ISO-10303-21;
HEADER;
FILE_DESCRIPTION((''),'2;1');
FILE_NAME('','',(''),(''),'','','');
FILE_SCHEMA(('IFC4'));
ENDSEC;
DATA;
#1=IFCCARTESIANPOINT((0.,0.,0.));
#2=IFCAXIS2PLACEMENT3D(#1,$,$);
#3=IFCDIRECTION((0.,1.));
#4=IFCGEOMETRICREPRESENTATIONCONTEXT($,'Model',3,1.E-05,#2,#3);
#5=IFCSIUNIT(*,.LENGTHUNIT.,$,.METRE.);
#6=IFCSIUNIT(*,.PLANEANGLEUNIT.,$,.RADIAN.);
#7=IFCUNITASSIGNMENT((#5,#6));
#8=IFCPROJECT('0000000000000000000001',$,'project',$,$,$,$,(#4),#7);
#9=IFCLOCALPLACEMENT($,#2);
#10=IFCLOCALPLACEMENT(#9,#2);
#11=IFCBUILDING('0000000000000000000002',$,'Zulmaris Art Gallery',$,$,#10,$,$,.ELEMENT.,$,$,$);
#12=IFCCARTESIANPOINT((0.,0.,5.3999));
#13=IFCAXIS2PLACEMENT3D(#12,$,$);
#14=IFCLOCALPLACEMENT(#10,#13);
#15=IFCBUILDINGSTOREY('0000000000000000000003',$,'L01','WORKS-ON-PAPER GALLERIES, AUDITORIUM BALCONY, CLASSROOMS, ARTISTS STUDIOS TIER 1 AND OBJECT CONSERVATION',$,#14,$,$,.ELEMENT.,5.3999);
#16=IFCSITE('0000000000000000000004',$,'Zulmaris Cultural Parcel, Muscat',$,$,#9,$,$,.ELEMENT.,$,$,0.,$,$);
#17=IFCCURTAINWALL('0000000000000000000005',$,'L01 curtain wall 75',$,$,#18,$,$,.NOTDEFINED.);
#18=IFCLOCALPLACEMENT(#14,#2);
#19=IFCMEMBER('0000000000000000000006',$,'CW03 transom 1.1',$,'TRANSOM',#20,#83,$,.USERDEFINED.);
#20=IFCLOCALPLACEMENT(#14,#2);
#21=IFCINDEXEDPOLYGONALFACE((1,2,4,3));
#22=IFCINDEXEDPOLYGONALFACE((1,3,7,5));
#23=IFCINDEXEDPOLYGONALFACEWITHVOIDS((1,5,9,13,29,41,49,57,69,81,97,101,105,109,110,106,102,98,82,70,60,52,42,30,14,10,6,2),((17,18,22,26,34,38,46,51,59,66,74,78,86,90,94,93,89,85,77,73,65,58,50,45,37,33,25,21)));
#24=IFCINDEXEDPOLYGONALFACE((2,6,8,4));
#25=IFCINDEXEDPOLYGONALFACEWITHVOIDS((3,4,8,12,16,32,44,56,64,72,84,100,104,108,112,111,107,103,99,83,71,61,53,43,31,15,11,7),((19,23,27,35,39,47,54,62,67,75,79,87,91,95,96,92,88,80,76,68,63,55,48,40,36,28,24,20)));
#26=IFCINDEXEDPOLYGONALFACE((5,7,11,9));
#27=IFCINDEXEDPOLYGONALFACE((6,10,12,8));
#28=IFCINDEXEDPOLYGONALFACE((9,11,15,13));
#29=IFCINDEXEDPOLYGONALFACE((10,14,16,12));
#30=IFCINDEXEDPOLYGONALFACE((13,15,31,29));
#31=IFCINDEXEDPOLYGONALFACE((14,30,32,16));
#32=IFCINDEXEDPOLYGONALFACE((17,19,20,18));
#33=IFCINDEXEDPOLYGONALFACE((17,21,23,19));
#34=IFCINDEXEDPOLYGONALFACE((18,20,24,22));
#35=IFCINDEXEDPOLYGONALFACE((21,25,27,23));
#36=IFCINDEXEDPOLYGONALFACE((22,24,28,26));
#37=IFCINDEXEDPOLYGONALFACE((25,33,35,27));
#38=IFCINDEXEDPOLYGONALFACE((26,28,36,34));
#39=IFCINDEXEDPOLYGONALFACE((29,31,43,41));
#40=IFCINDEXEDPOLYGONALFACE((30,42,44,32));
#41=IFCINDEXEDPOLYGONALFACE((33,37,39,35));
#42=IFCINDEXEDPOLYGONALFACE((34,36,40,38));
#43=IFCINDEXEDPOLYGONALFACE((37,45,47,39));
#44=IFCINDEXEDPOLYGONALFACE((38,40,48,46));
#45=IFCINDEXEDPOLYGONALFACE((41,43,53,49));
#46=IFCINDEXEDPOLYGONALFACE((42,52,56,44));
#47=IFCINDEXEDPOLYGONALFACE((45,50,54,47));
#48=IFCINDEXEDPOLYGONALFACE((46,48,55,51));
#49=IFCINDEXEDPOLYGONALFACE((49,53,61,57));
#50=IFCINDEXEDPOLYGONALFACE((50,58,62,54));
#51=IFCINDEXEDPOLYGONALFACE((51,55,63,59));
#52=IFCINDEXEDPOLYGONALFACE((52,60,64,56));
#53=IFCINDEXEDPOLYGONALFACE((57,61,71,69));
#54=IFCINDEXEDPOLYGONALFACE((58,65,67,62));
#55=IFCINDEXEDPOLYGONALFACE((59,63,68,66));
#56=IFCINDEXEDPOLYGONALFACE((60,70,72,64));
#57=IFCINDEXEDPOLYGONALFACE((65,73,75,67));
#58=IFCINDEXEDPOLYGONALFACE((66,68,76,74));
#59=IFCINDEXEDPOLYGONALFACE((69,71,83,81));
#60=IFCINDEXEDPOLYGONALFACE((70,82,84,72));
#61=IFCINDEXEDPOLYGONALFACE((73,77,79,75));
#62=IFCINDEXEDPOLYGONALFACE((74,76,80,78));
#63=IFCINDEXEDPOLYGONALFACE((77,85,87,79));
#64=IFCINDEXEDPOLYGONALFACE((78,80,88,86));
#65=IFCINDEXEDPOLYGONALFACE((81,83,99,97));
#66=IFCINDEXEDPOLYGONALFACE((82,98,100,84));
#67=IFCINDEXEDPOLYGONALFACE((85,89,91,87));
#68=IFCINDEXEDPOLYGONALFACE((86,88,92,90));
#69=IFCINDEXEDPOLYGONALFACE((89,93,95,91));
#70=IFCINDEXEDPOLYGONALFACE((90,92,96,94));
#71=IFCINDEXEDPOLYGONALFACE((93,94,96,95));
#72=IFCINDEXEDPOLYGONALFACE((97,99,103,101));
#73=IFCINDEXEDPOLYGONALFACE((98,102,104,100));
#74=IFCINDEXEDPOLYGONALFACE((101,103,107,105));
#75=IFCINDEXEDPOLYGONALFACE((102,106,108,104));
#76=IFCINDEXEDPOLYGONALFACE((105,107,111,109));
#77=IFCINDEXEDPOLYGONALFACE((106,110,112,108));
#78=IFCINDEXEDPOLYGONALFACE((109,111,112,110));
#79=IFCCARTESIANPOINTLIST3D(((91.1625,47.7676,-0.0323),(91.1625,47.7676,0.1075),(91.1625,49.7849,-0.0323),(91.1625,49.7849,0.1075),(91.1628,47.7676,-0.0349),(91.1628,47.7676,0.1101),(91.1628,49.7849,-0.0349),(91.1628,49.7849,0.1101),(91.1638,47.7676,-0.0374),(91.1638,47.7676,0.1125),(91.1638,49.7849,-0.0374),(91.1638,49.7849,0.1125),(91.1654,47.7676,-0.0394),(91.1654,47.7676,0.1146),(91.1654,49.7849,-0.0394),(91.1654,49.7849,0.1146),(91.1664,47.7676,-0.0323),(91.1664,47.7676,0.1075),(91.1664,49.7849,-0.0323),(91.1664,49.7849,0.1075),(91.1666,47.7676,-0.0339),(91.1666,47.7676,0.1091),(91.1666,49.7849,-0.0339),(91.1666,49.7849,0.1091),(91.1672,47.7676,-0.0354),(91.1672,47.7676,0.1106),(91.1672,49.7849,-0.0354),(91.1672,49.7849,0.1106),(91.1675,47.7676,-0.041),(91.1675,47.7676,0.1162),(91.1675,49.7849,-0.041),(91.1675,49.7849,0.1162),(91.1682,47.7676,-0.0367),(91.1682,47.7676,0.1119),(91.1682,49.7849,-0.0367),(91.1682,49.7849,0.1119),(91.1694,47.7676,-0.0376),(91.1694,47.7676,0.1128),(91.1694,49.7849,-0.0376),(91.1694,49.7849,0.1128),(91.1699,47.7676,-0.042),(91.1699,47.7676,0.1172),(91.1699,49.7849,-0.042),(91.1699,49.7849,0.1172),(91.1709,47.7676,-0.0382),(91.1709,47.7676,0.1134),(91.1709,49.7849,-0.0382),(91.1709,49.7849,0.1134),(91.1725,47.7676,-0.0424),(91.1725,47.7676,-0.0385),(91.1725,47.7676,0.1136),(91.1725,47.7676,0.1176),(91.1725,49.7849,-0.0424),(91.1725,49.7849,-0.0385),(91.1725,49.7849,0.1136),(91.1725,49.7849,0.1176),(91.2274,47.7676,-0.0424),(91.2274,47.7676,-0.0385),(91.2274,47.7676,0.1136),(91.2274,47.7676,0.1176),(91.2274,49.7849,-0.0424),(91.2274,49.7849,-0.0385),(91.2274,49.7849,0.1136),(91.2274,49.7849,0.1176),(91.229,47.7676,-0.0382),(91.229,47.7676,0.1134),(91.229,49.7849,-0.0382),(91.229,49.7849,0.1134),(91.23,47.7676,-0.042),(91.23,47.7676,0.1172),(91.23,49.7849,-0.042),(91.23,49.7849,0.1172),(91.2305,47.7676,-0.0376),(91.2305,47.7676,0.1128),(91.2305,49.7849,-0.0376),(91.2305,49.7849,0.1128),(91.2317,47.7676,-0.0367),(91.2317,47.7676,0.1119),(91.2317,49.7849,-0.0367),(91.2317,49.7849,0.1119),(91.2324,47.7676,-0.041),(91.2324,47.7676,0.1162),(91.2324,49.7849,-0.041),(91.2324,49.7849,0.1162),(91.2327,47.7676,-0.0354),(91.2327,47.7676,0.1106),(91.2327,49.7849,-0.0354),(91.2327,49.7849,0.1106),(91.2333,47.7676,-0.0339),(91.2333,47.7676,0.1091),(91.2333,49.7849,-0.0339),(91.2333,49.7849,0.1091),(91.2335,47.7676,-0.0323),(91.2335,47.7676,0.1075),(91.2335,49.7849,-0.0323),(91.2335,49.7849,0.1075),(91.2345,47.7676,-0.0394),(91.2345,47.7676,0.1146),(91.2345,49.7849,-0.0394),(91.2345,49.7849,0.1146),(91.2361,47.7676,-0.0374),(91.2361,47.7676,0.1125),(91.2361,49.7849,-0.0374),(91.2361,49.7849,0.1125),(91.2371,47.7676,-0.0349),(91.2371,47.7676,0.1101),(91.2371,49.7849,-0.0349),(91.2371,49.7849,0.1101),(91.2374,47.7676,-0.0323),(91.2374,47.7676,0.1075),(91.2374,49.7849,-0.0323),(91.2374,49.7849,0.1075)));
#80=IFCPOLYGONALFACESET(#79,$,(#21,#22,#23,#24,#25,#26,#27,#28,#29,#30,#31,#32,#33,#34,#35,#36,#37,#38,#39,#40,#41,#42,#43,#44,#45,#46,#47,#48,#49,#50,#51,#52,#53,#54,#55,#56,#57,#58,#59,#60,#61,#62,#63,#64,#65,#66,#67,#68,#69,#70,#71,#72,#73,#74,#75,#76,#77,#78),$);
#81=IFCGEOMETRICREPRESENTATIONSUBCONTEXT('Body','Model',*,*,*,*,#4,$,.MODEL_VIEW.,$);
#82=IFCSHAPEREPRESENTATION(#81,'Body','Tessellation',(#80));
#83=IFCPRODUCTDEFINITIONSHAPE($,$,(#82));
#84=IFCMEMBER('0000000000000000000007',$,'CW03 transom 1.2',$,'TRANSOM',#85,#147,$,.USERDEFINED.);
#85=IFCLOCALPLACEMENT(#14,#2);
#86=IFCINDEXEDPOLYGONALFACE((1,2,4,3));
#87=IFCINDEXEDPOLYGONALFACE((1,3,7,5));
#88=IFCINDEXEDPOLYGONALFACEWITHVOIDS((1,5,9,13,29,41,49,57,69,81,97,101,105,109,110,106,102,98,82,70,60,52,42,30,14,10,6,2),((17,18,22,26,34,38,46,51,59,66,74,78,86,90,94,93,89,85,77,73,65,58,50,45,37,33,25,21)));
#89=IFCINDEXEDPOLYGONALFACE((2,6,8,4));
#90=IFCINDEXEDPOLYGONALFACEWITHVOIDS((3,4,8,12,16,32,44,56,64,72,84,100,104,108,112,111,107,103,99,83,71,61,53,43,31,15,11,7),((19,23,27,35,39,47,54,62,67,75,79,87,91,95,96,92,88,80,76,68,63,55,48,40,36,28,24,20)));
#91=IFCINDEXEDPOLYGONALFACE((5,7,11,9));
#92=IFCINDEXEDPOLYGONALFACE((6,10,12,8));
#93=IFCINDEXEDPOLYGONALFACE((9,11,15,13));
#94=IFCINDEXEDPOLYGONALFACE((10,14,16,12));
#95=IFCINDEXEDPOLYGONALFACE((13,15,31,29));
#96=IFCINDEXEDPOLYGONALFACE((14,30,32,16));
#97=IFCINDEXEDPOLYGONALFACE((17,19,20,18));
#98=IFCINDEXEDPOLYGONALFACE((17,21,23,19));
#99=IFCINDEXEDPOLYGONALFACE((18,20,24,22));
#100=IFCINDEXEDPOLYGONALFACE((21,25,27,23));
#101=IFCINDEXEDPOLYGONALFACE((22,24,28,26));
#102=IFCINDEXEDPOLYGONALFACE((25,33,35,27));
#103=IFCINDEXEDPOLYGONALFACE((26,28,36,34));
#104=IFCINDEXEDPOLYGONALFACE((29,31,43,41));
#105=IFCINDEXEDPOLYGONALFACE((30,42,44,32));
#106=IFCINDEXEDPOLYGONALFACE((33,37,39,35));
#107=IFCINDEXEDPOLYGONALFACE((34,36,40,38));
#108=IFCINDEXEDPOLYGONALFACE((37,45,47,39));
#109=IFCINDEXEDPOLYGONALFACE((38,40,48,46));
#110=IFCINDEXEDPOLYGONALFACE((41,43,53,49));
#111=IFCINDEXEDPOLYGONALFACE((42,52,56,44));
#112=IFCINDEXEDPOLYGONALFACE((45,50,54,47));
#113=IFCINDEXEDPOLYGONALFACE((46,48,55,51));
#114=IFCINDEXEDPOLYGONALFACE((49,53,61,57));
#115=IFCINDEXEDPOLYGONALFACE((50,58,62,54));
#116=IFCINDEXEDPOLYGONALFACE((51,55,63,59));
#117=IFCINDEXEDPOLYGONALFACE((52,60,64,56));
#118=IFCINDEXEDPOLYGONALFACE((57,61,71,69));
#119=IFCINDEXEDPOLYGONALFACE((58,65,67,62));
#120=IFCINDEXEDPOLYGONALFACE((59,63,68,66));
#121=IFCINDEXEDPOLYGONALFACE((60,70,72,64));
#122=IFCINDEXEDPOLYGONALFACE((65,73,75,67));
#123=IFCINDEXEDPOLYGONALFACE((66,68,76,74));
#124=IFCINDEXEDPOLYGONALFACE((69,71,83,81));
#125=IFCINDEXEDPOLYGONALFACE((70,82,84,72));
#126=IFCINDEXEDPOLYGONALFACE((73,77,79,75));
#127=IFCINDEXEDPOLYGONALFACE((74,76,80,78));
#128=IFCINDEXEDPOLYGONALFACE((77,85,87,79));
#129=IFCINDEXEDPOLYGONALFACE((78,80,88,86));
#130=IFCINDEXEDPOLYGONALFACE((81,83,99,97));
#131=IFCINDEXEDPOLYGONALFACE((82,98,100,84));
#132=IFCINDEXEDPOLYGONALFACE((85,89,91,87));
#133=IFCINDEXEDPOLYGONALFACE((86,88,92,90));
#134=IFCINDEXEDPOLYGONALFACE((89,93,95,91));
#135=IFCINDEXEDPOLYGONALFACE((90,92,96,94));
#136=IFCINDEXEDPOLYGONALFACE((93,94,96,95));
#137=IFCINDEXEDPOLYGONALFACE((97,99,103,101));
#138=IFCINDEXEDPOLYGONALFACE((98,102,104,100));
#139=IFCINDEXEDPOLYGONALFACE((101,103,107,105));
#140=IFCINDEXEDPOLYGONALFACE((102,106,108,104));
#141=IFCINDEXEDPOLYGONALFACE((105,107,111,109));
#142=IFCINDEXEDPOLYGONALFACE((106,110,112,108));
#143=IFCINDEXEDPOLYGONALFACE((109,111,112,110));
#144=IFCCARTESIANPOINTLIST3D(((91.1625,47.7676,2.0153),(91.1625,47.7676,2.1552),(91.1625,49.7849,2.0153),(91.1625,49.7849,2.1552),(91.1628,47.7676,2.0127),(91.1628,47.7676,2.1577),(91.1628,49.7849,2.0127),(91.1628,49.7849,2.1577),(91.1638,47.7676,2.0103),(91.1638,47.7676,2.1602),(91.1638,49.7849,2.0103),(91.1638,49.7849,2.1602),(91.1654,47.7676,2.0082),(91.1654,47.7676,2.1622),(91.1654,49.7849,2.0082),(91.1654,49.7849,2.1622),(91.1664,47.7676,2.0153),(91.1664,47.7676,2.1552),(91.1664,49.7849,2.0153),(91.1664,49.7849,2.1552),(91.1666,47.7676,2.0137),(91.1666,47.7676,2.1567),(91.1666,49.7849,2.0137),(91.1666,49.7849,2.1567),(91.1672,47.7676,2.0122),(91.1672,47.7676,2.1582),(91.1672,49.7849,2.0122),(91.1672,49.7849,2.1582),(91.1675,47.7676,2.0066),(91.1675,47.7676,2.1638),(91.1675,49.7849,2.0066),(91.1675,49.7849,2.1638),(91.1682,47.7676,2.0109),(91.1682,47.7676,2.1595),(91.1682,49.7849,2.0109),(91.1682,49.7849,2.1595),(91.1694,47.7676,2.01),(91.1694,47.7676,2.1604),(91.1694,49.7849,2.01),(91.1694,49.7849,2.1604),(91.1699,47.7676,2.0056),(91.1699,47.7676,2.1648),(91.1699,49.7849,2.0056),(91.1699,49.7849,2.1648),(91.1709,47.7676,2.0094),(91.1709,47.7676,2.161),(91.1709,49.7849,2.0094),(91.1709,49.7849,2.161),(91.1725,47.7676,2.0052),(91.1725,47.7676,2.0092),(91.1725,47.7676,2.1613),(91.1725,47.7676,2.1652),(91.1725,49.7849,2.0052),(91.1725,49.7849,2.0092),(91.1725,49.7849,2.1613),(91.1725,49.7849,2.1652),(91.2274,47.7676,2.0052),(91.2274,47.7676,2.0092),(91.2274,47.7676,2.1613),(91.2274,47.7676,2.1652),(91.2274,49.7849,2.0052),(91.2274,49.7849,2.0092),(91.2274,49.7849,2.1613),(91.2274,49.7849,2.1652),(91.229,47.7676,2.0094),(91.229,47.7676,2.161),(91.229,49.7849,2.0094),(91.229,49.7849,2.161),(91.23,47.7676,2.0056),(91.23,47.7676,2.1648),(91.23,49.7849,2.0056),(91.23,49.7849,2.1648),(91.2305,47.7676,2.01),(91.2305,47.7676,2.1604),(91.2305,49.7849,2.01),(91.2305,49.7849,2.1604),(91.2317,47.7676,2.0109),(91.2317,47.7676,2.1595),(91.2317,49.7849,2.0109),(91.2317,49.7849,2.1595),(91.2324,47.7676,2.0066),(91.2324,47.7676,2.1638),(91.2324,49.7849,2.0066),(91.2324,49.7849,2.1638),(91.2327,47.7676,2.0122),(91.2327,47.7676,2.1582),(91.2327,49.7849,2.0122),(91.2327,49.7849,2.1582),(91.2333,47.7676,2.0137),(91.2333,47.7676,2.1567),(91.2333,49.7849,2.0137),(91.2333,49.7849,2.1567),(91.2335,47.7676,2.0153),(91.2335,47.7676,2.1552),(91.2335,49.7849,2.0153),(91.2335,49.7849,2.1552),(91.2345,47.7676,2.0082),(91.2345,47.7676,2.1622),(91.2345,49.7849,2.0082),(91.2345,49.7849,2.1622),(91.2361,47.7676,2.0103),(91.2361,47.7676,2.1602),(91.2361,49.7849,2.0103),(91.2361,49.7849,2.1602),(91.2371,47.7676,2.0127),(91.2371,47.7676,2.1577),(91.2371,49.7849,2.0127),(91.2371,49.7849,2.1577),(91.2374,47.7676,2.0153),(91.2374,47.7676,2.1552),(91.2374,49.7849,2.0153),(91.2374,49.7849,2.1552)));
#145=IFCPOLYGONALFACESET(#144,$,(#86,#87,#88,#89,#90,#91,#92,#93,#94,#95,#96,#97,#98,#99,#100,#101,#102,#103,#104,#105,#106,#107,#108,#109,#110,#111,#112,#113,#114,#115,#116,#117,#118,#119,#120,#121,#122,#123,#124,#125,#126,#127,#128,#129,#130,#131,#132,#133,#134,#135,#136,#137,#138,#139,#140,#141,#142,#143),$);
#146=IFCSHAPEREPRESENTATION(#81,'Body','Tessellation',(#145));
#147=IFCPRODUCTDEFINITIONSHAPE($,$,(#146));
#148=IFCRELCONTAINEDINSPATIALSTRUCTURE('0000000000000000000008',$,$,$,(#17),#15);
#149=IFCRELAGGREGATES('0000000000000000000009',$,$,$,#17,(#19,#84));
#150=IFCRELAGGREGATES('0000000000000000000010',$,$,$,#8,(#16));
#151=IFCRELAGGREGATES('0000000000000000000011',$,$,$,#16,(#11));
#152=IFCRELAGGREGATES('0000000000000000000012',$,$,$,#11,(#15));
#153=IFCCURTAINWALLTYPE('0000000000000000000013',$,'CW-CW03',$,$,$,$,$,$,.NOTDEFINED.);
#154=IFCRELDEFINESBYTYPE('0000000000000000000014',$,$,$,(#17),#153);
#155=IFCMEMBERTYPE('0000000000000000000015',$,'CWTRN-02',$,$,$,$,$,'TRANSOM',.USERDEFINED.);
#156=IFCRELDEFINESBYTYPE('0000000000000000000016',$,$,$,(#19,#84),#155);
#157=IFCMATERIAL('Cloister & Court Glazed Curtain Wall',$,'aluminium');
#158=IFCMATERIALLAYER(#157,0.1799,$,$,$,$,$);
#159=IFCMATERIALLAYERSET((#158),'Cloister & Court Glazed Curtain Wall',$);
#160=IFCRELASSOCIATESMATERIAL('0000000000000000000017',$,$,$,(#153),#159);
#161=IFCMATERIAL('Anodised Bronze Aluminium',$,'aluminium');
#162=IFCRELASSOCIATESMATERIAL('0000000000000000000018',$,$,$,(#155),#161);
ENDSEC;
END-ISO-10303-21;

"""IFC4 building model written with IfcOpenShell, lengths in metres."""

from ifc_helpers import new_model, si_unit, direction, frame, origin, origin_2d, place, context, subcontext, project, spatial, hollow_rectangle, extrude, material, layer, layer_set, material_profile, profile_set, type_object, element, aggregate, save


model = new_model("IFC4")

# Units and contexts
model_context = context("Model", 3, precision=1e-05, world=origin(), true_north=direction((0.0, 1.0)))
body_context = subcontext(model_context, "Body", "Model", "MODEL_VIEW")
ifc_project = project(units=[si_unit("LENGTHUNIT", "METRE"), si_unit("PLANEANGLEUNIT", "RADIAN")], contexts=[model_context])

# Site, building, storey
site_placement = place(None, origin())
site = spatial("IfcSite", under=ifc_project, at=site_placement, Name="Zulmaris Cultural Parcel, Muscat", CompositionType="ELEMENT", RefElevation=0.0)
building_placement = place(site_placement, origin())
building = spatial("IfcBuilding", under=site, at=building_placement, Name="Zulmaris Art Gallery", CompositionType="ELEMENT")
storey_placement = place(building_placement, frame((0.0, 0.0, 5.3999)))
storey = spatial("IfcBuildingStorey", under=building, at=storey_placement, Name="L01", Description="WORKS-ON-PAPER GALLERIES, AUDITORIUM BALCONY, CLASSROOMS, ARTISTS STUDIOS TIER 1 AND OBJECT CONSERVATION", CompositionType="ELEMENT", Elevation=5.3999)

# Curtain wall
ifc_material_1 = material(Name="Cloister & Court Glazed Curtain Wall", Category="aluminium")
ifc_layer_1 = layer(ifc_material_1, 0.1799)
ifc_layer_set_1 = layer_set([ifc_layer_1], Name="Cloister & Court Glazed Curtain Wall")
curtain_wall_type = type_object("IfcCurtainWallType", Name="CW-CW03", PredefinedType="NOTDEFINED", material=ifc_layer_set_1)
curtain_wall_1_placement = place(storey_placement, origin())
curtain_wall_1 = element("IfcCurtainWall", 1, at=curtain_wall_1_placement, inside=storey, type_object=curtain_wall_type, Name="L01 curtain wall 75", PredefinedType="NOTDEFINED")
ifc_material_2 = material(Name="Anodised Bronze Aluminium", Category="aluminium")

# Members
ifc_material_profile_1 = material_profile(ifc_material_2, hollow_rectangle(XDim=0.075, YDim=0.1599, WallThickness=0.0039, InnerFilletRadius=0.0061, OuterFilletRadius=0.01, at=origin_2d()), Name="ALU 75x160x4")
ifc_profile_set_1 = profile_set([ifc_material_profile_1], Name="Anodised Bronze Aluminium")
member_type_1 = type_object("IfcMemberType", Name="CWTRN-02", ElementType="TRANSOM", PredefinedType="USERDEFINED", material=ifc_profile_set_1)
member_1_placement = place(storey_placement, frame((91.2, 49.7849, 0.0376), z_axis=(0.0, -1.0, 0.0), x_axis=(1.0, 0.0, 0.0)))
member_1 = element("IfcMember", 2, at=member_1_placement, type_object=member_type_1, Name="CW03 transom 1.1", ObjectType="TRANSOM", PredefinedType="USERDEFINED", context=body_context, shape_type="SweptSolid", body=[
    extrude(hollow_rectangle(XDim=0.075, YDim=0.1599, WallThickness=0.0039, InnerFilletRadius=0.0061, OuterFilletRadius=0.01, at=origin_2d()), origin(), (0.0, 0.0, 1.0), 2.0173),
])
member_2_placement = place(storey_placement, frame((91.2, 49.7849, 2.0852), z_axis=(0.0, -1.0, 0.0), x_axis=(1.0, 0.0, 0.0)))
member_2 = element("IfcMember", 3, at=member_2_placement, type_object=member_type_1, Name="CW03 transom 1.2", ObjectType="TRANSOM", PredefinedType="USERDEFINED", context=body_context, shape_type="SweptSolid", body=[
    extrude(hollow_rectangle(XDim=0.075, YDim=0.1599, WallThickness=0.0039, InnerFilletRadius=0.0061, OuterFilletRadius=0.01, at=origin_2d()), origin(), (0.0, 0.0, 1.0), 2.0173),
])
aggregate(curtain_wall_1, [member_1, member_2])

save(model, "model.ifc")
